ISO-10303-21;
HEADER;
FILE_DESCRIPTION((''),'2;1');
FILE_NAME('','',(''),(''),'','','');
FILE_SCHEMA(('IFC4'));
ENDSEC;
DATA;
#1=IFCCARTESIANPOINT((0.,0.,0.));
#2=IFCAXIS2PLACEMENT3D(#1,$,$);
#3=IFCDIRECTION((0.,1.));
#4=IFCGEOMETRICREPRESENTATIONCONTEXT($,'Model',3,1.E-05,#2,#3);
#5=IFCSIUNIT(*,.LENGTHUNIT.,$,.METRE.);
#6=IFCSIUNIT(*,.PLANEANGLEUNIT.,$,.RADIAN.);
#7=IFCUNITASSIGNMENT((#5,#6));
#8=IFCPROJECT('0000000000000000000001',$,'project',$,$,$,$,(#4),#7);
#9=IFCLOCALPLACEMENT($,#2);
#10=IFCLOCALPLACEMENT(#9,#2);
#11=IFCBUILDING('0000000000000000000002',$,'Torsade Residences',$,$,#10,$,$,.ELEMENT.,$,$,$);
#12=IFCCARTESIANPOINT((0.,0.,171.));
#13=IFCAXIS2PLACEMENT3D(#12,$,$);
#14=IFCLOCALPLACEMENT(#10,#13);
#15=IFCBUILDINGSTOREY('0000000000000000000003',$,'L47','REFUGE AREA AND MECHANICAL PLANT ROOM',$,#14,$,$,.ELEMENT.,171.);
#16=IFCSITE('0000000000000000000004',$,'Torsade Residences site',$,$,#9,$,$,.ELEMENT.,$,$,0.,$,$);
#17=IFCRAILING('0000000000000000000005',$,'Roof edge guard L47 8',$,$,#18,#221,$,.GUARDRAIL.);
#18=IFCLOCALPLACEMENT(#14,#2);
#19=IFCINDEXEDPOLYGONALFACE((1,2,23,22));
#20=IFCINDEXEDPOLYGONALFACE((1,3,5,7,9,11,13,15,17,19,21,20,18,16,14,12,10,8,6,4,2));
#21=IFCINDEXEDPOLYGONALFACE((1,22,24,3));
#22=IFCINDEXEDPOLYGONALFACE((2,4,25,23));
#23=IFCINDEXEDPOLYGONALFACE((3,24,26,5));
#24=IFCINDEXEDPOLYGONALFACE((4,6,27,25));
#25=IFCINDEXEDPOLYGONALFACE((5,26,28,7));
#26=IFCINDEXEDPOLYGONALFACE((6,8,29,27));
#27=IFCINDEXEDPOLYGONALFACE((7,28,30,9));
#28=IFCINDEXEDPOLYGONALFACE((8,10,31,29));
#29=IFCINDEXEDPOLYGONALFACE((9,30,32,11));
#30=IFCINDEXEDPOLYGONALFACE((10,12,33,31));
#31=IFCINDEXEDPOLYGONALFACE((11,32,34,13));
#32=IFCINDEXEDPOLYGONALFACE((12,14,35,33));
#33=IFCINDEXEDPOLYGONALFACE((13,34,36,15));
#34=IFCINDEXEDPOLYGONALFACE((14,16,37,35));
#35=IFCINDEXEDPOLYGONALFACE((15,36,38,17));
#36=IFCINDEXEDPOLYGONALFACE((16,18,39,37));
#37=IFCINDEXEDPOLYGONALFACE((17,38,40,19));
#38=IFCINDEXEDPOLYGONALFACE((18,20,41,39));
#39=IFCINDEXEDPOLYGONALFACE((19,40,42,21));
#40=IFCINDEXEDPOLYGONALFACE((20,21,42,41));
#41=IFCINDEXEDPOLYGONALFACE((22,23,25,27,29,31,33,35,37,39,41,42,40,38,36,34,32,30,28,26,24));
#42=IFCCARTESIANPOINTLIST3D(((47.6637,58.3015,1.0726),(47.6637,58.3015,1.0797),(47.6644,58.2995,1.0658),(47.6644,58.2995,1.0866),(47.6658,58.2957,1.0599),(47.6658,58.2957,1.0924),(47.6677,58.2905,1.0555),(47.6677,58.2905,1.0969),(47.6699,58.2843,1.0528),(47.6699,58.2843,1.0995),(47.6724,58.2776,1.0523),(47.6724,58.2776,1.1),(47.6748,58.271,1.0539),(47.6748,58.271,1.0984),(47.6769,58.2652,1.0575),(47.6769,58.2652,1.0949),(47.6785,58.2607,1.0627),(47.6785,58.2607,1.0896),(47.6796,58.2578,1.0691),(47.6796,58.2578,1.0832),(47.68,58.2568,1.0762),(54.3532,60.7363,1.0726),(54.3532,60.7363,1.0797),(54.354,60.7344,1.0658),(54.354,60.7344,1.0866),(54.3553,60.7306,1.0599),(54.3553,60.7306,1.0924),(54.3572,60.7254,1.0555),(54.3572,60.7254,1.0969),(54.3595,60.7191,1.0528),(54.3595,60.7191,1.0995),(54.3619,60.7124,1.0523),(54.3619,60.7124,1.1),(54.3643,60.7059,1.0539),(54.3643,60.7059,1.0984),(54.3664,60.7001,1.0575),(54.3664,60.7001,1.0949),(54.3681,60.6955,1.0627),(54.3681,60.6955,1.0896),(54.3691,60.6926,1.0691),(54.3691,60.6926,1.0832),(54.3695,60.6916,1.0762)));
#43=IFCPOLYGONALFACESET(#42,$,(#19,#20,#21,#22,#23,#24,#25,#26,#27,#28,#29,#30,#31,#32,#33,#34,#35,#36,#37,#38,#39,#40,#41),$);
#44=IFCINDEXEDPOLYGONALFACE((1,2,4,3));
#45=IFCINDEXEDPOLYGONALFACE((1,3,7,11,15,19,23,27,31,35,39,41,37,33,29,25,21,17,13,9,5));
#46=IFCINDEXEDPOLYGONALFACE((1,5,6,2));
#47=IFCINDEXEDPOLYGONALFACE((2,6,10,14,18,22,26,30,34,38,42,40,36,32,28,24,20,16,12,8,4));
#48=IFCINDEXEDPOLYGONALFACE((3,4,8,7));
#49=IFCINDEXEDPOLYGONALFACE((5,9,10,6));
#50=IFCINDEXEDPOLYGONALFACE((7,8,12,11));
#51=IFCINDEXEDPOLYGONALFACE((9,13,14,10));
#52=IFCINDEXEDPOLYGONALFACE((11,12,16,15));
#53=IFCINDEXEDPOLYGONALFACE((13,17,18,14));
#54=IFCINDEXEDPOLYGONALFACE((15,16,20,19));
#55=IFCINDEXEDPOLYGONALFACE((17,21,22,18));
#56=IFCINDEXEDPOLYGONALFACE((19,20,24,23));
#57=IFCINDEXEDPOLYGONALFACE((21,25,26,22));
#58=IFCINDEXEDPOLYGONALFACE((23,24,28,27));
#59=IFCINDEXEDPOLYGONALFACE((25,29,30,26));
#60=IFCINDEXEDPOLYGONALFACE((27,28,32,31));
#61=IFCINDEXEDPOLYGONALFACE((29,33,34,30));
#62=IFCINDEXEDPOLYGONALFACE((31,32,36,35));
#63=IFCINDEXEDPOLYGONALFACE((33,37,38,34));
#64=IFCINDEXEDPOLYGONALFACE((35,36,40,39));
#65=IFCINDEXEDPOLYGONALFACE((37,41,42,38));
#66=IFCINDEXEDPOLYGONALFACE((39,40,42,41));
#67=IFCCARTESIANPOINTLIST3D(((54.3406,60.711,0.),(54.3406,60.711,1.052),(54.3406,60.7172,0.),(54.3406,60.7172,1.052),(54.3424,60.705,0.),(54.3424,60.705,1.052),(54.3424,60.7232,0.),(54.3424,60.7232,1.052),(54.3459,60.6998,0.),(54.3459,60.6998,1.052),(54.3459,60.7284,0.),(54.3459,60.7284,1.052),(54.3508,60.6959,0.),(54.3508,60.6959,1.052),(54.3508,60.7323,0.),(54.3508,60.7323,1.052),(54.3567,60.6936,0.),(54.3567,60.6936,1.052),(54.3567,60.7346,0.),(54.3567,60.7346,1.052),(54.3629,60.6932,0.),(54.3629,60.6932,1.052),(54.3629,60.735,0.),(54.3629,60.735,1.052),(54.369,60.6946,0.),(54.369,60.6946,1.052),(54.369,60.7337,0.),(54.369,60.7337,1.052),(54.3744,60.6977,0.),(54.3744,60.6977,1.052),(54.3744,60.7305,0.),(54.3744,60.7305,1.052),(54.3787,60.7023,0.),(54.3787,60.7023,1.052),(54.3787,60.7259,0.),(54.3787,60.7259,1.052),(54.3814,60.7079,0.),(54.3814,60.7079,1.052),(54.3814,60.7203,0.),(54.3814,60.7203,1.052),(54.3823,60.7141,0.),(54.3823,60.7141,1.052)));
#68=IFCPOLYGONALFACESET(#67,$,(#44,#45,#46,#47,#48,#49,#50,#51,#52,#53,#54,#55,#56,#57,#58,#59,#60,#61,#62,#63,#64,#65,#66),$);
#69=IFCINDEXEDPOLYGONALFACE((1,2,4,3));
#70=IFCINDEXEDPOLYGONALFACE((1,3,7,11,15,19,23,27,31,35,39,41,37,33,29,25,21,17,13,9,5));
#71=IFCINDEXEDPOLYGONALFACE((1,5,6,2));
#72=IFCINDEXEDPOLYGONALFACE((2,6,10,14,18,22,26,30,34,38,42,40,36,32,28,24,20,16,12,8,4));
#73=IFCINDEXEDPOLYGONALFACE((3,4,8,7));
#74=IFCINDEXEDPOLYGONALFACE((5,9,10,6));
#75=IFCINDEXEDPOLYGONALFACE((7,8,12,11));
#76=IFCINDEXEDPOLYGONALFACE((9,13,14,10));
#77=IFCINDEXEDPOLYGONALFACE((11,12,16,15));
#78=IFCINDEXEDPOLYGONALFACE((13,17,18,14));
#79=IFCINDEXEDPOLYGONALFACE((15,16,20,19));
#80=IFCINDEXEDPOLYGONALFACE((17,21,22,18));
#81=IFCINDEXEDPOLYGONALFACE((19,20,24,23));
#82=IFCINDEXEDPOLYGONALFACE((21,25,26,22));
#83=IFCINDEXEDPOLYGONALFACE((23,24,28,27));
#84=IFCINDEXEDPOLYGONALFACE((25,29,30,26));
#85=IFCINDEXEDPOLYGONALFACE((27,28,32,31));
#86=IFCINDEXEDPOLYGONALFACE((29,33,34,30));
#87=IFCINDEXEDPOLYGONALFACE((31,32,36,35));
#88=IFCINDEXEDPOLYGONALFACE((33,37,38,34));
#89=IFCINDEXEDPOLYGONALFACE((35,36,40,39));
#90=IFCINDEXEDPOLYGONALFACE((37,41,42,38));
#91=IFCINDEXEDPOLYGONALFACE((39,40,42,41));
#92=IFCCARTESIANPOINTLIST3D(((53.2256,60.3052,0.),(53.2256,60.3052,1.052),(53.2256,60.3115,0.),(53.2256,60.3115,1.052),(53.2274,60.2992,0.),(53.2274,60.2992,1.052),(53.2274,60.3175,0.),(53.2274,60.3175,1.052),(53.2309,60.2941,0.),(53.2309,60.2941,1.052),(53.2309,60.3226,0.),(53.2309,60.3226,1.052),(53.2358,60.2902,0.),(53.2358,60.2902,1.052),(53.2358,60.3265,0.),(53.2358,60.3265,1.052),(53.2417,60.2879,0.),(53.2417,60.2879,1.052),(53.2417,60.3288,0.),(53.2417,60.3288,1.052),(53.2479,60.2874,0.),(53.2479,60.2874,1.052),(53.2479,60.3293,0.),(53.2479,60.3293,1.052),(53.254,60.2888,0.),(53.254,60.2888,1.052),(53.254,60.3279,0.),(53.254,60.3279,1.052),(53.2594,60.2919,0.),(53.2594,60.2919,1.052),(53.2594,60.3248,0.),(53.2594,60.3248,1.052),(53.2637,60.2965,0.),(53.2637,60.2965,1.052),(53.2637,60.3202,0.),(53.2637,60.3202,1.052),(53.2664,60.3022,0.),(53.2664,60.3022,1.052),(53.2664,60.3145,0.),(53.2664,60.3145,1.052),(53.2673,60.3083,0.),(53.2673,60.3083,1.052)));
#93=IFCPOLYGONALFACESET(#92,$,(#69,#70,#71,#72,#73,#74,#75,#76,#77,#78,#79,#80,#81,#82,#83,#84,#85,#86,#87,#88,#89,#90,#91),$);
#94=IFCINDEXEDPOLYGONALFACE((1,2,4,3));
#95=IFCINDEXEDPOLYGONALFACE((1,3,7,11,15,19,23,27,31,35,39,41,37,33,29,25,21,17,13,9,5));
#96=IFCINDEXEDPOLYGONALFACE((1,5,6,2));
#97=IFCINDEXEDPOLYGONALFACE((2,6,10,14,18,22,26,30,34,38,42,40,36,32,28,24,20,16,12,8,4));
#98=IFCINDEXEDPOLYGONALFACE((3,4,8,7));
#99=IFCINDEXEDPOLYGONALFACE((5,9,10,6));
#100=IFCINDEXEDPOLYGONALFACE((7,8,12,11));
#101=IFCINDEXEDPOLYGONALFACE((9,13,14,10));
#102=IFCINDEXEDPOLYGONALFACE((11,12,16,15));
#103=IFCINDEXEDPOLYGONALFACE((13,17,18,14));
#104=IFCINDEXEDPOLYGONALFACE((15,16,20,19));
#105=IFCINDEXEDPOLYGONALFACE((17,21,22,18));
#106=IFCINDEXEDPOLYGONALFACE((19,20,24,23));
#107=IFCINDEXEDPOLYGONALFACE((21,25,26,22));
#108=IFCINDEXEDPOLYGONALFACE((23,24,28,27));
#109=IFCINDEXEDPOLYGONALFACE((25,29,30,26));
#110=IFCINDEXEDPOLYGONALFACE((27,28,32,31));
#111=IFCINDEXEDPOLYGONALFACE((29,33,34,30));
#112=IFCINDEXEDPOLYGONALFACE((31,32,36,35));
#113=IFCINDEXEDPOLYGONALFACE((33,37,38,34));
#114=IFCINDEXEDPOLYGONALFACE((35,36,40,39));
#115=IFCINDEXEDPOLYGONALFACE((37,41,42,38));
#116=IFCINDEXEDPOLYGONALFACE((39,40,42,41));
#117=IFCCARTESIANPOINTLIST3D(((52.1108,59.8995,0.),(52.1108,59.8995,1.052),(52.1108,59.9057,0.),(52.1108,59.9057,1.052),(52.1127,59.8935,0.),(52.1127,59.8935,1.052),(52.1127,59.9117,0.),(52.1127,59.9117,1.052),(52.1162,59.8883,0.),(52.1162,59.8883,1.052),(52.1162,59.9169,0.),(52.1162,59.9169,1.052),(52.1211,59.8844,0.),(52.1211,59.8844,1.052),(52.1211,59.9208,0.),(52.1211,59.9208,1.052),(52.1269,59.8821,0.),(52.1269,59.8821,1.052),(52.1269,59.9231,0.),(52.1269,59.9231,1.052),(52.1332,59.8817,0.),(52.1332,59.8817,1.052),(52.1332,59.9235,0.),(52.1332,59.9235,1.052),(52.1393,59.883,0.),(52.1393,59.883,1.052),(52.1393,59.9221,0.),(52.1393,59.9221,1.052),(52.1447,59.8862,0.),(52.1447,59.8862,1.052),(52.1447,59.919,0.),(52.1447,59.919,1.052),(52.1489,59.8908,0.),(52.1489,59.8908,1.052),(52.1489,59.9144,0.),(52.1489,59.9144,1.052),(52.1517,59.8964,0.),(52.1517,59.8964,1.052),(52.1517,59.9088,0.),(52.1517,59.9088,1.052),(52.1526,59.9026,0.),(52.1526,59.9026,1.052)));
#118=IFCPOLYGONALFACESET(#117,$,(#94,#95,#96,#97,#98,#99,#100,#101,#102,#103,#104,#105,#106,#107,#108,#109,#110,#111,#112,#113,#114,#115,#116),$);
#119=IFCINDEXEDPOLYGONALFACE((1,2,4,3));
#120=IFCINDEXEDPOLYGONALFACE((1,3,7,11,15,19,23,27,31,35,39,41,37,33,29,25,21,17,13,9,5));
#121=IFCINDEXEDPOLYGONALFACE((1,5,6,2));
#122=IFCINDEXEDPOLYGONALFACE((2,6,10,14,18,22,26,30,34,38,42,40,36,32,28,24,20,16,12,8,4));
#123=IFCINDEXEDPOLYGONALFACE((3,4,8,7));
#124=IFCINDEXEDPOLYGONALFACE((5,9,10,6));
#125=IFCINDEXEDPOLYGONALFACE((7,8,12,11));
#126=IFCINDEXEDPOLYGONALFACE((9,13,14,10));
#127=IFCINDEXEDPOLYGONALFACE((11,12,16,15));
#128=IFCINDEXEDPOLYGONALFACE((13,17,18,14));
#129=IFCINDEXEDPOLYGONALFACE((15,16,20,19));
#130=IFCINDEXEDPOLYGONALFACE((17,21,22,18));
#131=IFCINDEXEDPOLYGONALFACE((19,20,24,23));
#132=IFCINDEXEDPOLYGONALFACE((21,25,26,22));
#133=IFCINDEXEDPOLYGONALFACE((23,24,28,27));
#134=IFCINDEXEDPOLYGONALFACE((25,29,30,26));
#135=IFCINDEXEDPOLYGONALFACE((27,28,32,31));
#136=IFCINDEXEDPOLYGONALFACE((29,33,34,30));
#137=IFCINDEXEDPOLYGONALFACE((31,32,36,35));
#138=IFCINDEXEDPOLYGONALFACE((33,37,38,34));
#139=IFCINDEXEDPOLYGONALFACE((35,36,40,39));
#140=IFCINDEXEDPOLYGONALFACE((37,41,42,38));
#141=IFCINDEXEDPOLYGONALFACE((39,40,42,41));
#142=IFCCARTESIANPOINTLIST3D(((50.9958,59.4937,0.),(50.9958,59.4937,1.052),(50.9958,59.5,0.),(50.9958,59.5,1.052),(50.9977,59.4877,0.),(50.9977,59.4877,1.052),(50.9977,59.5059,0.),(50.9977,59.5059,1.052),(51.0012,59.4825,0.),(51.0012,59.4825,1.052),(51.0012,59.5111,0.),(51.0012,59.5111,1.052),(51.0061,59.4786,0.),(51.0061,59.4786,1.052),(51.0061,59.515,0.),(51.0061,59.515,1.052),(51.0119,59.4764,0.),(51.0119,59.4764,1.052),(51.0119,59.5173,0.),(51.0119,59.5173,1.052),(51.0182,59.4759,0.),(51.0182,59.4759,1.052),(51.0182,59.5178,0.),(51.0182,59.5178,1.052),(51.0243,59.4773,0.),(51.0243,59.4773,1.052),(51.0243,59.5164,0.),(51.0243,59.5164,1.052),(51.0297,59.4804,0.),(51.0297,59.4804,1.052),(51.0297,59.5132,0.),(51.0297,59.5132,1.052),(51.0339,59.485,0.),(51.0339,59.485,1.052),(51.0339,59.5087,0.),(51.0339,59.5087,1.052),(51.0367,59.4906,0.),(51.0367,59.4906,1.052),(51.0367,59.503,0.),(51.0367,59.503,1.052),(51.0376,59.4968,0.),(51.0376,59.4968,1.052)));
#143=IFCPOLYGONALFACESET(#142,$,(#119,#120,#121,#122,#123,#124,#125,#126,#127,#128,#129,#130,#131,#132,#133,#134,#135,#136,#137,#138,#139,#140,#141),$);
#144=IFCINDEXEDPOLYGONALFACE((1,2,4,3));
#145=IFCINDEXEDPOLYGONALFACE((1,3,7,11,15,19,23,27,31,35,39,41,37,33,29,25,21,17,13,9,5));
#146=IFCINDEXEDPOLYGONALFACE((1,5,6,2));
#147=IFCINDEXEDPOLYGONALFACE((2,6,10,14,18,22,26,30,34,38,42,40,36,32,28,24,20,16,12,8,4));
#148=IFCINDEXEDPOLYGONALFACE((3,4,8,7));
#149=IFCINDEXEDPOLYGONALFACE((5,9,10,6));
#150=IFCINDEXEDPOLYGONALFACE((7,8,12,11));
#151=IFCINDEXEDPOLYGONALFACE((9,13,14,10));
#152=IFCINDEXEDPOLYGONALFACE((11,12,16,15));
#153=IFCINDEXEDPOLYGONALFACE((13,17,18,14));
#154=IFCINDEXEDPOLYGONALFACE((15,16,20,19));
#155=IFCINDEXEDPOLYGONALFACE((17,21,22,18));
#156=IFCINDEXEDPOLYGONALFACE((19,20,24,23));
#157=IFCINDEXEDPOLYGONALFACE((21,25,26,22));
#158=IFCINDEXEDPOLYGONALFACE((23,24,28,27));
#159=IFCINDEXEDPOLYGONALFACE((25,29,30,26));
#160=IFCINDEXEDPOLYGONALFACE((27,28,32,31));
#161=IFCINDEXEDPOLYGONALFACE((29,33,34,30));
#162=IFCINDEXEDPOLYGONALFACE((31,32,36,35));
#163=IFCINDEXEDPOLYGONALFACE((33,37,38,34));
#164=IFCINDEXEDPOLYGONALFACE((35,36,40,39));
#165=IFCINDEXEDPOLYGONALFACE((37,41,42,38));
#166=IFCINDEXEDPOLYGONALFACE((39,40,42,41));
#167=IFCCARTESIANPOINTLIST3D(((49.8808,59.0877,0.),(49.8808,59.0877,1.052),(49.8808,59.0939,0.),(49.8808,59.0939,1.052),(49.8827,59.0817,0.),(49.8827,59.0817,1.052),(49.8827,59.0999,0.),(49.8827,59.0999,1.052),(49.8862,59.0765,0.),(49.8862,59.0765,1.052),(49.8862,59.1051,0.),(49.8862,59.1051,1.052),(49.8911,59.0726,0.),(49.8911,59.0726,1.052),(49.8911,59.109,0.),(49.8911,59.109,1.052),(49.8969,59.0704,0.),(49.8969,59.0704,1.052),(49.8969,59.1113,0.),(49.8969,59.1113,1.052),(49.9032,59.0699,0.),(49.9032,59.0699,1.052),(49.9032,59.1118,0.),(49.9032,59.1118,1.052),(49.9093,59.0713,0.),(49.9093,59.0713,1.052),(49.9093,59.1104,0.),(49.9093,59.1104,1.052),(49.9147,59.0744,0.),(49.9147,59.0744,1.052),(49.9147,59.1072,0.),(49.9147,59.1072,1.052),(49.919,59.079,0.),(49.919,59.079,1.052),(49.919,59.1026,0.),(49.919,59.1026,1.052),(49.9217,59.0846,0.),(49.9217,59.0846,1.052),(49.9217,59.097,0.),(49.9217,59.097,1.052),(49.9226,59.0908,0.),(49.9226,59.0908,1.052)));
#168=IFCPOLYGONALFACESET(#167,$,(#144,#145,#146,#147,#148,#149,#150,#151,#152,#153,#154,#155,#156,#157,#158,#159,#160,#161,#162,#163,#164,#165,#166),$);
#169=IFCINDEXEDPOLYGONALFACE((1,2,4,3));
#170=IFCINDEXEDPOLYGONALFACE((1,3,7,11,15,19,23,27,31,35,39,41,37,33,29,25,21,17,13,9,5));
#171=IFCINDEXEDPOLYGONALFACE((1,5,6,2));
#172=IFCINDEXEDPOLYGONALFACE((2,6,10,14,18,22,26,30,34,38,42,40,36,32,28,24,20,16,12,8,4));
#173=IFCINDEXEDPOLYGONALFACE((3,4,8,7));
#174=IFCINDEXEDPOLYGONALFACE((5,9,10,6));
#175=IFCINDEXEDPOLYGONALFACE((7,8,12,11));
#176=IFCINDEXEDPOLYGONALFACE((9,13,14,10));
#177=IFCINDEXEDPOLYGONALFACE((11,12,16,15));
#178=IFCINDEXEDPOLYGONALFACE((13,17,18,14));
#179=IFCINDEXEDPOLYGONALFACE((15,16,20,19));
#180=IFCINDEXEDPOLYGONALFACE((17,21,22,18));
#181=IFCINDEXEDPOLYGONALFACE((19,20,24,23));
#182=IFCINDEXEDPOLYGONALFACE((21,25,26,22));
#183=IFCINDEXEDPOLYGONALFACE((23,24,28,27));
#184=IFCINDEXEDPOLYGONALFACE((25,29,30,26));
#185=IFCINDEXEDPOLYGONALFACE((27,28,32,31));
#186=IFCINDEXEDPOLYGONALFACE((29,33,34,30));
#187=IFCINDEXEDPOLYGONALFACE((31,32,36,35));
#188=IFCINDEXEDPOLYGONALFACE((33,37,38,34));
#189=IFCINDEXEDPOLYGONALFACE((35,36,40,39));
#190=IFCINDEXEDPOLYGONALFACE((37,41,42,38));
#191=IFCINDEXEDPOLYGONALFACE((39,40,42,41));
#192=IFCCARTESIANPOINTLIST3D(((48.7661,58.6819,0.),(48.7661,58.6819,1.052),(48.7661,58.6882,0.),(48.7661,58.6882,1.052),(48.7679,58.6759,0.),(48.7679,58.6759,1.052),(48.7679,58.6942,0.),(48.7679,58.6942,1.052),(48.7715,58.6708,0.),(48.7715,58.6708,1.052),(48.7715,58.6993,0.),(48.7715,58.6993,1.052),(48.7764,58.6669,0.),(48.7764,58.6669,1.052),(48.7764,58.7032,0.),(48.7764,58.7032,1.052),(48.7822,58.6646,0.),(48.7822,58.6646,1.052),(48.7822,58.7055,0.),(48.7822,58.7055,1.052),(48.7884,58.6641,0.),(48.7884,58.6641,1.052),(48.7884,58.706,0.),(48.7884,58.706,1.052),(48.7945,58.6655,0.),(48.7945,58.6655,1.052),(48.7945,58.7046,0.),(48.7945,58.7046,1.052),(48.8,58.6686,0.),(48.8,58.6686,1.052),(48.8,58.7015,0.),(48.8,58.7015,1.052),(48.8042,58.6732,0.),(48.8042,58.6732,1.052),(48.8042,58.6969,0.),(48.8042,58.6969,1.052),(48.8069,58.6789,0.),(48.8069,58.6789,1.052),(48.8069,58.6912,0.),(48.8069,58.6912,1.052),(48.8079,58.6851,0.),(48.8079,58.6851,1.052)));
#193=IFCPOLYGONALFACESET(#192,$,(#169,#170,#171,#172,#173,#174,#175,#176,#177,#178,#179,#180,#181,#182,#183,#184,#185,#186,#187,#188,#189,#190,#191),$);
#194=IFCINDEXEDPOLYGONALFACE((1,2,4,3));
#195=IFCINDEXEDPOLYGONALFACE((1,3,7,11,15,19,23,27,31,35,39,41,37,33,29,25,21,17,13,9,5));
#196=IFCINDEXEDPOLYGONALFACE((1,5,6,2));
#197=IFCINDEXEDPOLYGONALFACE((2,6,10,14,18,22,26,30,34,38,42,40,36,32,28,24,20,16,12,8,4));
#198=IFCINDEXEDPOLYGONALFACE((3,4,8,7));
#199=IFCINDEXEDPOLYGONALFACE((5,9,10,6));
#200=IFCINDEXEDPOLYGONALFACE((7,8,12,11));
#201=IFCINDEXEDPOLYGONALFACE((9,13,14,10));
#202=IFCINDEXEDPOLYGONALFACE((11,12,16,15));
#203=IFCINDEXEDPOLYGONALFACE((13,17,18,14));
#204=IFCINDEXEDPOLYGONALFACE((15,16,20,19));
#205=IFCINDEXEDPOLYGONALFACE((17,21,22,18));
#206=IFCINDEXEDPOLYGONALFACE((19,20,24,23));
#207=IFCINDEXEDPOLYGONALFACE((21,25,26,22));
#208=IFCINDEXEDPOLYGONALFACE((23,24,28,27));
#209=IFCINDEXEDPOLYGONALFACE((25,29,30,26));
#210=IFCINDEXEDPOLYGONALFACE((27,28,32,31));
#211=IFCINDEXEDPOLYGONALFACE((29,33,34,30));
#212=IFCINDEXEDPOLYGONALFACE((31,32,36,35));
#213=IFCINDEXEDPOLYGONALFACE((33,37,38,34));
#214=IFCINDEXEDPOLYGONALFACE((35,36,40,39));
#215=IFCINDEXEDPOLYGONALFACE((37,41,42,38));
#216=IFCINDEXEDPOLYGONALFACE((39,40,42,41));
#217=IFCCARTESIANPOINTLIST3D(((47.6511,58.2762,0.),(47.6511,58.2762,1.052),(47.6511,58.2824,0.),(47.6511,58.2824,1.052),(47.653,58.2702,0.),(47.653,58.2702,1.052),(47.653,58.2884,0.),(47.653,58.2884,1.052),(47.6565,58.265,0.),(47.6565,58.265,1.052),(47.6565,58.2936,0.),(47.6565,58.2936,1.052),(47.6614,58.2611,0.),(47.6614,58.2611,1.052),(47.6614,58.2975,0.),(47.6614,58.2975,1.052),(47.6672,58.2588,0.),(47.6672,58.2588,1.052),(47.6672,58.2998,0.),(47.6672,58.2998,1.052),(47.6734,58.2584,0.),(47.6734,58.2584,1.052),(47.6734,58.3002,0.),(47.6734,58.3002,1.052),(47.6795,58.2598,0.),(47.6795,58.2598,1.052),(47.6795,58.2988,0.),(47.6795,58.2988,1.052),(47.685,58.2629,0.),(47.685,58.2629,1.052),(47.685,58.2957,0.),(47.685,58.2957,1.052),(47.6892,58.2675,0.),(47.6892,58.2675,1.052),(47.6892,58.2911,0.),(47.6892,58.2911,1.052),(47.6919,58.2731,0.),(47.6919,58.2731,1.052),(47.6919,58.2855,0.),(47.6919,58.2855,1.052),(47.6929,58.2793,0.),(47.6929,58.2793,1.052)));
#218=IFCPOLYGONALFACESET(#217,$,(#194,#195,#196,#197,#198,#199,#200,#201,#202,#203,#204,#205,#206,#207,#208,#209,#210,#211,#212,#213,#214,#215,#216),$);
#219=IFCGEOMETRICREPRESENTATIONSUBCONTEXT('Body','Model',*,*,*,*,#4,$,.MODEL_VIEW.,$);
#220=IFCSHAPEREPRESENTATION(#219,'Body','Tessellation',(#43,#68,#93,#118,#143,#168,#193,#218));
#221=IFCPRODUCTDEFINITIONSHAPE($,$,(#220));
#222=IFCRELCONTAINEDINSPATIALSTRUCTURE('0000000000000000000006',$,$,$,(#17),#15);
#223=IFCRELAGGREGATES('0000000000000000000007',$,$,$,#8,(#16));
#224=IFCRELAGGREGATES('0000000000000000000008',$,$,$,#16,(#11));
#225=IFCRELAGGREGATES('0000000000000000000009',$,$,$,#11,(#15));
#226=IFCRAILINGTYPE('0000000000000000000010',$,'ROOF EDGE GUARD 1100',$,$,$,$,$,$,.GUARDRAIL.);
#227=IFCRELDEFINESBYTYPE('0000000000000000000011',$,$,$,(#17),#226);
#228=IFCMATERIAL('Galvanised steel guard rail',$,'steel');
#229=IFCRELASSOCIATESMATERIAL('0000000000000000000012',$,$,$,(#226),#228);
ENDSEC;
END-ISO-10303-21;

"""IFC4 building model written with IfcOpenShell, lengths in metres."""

from ifc_helpers import new_model, si_unit, direction, frame, origin, origin_2d, place, context, subcontext, project, spatial, circle, extrude, material, type_object, element, save


model = new_model("IFC4")

# Units and contexts
model_context = context("Model", 3, precision=1e-05, world=origin(), true_north=direction((0.0, 1.0)))
body_context = subcontext(model_context, "Body", "Model", "MODEL_VIEW")
ifc_project = project(units=[si_unit("LENGTHUNIT", "METRE"), si_unit("PLANEANGLEUNIT", "RADIAN")], contexts=[model_context])

# Site, building, storey
site_placement = place(None, origin())
site = spatial("IfcSite", under=ifc_project, at=site_placement, Name="Torsade Residences site", CompositionType="ELEMENT", RefElevation=0.0)
building_placement = place(site_placement, origin())
building = spatial("IfcBuilding", under=site, at=building_placement, Name="Torsade Residences", CompositionType="ELEMENT")
storey_placement = place(building_placement, frame((0.0, 0.0, 171.0)))
storey = spatial("IfcBuildingStorey", under=building, at=storey_placement, Name="L47", Description="REFUGE AREA AND MECHANICAL PLANT ROOM", CompositionType="ELEMENT", Elevation=171.0)

# Railing
ifc_material_1 = material(Name="Galvanised steel guard rail", Category="steel")
railing_type = type_object("IfcRailingType", Name="ROOF EDGE GUARD 1100", PredefinedType="GUARDRAIL", material=ifc_material_1)
railing_1_placement = place(storey_placement, frame((54.3613, 60.7141, 0.0)))
element("IfcRailing", 1, at=railing_1_placement, inside=storey, type_object=railing_type, Name="Roof edge guard L47 8", PredefinedType="GUARDRAIL", context=body_context, shape_type="SweptSolid", body=[
    extrude(circle(Radius=0.0239, at=origin_2d()), frame((0.0, 0.0, 1.0762), z_axis=(-0.93969, -0.342027, 0.0), x_axis=(0.342027, -0.93969, 0.0)), (0.0, 0.0, 1.0), 7.1189),
    extrude(circle(Radius=0.021, at=origin_2d()), origin(), (0.0, 0.0, 1.0), 1.052),
    extrude(circle(Radius=0.021, at=origin_2d()), frame((-1.115, -0.4058, 0.0)), (0.0, 0.0, 1.0), 1.052),
    extrude(circle(Radius=0.021, at=origin_2d()), frame((-2.2297, -0.8115, 0.0)), (0.0, 0.0, 1.0), 1.052),
    extrude(circle(Radius=0.021, at=origin_2d()), frame((-3.3447, -1.2173, 0.0)), (0.0, 0.0, 1.0), 1.052),
    extrude(circle(Radius=0.021, at=origin_2d()), frame((-4.4597, -1.6233, 0.0)), (0.0, 0.0, 1.0), 1.052),
    extrude(circle(Radius=0.021, at=origin_2d()), frame((-5.5745, -2.0291, 0.0)), (0.0, 0.0, 1.0), 1.052),
    extrude(circle(Radius=0.021, at=origin_2d()), frame((-6.6895, -2.4348, 0.0)), (0.0, 0.0, 1.0), 1.052),
])

save(model, "model.ifc")
